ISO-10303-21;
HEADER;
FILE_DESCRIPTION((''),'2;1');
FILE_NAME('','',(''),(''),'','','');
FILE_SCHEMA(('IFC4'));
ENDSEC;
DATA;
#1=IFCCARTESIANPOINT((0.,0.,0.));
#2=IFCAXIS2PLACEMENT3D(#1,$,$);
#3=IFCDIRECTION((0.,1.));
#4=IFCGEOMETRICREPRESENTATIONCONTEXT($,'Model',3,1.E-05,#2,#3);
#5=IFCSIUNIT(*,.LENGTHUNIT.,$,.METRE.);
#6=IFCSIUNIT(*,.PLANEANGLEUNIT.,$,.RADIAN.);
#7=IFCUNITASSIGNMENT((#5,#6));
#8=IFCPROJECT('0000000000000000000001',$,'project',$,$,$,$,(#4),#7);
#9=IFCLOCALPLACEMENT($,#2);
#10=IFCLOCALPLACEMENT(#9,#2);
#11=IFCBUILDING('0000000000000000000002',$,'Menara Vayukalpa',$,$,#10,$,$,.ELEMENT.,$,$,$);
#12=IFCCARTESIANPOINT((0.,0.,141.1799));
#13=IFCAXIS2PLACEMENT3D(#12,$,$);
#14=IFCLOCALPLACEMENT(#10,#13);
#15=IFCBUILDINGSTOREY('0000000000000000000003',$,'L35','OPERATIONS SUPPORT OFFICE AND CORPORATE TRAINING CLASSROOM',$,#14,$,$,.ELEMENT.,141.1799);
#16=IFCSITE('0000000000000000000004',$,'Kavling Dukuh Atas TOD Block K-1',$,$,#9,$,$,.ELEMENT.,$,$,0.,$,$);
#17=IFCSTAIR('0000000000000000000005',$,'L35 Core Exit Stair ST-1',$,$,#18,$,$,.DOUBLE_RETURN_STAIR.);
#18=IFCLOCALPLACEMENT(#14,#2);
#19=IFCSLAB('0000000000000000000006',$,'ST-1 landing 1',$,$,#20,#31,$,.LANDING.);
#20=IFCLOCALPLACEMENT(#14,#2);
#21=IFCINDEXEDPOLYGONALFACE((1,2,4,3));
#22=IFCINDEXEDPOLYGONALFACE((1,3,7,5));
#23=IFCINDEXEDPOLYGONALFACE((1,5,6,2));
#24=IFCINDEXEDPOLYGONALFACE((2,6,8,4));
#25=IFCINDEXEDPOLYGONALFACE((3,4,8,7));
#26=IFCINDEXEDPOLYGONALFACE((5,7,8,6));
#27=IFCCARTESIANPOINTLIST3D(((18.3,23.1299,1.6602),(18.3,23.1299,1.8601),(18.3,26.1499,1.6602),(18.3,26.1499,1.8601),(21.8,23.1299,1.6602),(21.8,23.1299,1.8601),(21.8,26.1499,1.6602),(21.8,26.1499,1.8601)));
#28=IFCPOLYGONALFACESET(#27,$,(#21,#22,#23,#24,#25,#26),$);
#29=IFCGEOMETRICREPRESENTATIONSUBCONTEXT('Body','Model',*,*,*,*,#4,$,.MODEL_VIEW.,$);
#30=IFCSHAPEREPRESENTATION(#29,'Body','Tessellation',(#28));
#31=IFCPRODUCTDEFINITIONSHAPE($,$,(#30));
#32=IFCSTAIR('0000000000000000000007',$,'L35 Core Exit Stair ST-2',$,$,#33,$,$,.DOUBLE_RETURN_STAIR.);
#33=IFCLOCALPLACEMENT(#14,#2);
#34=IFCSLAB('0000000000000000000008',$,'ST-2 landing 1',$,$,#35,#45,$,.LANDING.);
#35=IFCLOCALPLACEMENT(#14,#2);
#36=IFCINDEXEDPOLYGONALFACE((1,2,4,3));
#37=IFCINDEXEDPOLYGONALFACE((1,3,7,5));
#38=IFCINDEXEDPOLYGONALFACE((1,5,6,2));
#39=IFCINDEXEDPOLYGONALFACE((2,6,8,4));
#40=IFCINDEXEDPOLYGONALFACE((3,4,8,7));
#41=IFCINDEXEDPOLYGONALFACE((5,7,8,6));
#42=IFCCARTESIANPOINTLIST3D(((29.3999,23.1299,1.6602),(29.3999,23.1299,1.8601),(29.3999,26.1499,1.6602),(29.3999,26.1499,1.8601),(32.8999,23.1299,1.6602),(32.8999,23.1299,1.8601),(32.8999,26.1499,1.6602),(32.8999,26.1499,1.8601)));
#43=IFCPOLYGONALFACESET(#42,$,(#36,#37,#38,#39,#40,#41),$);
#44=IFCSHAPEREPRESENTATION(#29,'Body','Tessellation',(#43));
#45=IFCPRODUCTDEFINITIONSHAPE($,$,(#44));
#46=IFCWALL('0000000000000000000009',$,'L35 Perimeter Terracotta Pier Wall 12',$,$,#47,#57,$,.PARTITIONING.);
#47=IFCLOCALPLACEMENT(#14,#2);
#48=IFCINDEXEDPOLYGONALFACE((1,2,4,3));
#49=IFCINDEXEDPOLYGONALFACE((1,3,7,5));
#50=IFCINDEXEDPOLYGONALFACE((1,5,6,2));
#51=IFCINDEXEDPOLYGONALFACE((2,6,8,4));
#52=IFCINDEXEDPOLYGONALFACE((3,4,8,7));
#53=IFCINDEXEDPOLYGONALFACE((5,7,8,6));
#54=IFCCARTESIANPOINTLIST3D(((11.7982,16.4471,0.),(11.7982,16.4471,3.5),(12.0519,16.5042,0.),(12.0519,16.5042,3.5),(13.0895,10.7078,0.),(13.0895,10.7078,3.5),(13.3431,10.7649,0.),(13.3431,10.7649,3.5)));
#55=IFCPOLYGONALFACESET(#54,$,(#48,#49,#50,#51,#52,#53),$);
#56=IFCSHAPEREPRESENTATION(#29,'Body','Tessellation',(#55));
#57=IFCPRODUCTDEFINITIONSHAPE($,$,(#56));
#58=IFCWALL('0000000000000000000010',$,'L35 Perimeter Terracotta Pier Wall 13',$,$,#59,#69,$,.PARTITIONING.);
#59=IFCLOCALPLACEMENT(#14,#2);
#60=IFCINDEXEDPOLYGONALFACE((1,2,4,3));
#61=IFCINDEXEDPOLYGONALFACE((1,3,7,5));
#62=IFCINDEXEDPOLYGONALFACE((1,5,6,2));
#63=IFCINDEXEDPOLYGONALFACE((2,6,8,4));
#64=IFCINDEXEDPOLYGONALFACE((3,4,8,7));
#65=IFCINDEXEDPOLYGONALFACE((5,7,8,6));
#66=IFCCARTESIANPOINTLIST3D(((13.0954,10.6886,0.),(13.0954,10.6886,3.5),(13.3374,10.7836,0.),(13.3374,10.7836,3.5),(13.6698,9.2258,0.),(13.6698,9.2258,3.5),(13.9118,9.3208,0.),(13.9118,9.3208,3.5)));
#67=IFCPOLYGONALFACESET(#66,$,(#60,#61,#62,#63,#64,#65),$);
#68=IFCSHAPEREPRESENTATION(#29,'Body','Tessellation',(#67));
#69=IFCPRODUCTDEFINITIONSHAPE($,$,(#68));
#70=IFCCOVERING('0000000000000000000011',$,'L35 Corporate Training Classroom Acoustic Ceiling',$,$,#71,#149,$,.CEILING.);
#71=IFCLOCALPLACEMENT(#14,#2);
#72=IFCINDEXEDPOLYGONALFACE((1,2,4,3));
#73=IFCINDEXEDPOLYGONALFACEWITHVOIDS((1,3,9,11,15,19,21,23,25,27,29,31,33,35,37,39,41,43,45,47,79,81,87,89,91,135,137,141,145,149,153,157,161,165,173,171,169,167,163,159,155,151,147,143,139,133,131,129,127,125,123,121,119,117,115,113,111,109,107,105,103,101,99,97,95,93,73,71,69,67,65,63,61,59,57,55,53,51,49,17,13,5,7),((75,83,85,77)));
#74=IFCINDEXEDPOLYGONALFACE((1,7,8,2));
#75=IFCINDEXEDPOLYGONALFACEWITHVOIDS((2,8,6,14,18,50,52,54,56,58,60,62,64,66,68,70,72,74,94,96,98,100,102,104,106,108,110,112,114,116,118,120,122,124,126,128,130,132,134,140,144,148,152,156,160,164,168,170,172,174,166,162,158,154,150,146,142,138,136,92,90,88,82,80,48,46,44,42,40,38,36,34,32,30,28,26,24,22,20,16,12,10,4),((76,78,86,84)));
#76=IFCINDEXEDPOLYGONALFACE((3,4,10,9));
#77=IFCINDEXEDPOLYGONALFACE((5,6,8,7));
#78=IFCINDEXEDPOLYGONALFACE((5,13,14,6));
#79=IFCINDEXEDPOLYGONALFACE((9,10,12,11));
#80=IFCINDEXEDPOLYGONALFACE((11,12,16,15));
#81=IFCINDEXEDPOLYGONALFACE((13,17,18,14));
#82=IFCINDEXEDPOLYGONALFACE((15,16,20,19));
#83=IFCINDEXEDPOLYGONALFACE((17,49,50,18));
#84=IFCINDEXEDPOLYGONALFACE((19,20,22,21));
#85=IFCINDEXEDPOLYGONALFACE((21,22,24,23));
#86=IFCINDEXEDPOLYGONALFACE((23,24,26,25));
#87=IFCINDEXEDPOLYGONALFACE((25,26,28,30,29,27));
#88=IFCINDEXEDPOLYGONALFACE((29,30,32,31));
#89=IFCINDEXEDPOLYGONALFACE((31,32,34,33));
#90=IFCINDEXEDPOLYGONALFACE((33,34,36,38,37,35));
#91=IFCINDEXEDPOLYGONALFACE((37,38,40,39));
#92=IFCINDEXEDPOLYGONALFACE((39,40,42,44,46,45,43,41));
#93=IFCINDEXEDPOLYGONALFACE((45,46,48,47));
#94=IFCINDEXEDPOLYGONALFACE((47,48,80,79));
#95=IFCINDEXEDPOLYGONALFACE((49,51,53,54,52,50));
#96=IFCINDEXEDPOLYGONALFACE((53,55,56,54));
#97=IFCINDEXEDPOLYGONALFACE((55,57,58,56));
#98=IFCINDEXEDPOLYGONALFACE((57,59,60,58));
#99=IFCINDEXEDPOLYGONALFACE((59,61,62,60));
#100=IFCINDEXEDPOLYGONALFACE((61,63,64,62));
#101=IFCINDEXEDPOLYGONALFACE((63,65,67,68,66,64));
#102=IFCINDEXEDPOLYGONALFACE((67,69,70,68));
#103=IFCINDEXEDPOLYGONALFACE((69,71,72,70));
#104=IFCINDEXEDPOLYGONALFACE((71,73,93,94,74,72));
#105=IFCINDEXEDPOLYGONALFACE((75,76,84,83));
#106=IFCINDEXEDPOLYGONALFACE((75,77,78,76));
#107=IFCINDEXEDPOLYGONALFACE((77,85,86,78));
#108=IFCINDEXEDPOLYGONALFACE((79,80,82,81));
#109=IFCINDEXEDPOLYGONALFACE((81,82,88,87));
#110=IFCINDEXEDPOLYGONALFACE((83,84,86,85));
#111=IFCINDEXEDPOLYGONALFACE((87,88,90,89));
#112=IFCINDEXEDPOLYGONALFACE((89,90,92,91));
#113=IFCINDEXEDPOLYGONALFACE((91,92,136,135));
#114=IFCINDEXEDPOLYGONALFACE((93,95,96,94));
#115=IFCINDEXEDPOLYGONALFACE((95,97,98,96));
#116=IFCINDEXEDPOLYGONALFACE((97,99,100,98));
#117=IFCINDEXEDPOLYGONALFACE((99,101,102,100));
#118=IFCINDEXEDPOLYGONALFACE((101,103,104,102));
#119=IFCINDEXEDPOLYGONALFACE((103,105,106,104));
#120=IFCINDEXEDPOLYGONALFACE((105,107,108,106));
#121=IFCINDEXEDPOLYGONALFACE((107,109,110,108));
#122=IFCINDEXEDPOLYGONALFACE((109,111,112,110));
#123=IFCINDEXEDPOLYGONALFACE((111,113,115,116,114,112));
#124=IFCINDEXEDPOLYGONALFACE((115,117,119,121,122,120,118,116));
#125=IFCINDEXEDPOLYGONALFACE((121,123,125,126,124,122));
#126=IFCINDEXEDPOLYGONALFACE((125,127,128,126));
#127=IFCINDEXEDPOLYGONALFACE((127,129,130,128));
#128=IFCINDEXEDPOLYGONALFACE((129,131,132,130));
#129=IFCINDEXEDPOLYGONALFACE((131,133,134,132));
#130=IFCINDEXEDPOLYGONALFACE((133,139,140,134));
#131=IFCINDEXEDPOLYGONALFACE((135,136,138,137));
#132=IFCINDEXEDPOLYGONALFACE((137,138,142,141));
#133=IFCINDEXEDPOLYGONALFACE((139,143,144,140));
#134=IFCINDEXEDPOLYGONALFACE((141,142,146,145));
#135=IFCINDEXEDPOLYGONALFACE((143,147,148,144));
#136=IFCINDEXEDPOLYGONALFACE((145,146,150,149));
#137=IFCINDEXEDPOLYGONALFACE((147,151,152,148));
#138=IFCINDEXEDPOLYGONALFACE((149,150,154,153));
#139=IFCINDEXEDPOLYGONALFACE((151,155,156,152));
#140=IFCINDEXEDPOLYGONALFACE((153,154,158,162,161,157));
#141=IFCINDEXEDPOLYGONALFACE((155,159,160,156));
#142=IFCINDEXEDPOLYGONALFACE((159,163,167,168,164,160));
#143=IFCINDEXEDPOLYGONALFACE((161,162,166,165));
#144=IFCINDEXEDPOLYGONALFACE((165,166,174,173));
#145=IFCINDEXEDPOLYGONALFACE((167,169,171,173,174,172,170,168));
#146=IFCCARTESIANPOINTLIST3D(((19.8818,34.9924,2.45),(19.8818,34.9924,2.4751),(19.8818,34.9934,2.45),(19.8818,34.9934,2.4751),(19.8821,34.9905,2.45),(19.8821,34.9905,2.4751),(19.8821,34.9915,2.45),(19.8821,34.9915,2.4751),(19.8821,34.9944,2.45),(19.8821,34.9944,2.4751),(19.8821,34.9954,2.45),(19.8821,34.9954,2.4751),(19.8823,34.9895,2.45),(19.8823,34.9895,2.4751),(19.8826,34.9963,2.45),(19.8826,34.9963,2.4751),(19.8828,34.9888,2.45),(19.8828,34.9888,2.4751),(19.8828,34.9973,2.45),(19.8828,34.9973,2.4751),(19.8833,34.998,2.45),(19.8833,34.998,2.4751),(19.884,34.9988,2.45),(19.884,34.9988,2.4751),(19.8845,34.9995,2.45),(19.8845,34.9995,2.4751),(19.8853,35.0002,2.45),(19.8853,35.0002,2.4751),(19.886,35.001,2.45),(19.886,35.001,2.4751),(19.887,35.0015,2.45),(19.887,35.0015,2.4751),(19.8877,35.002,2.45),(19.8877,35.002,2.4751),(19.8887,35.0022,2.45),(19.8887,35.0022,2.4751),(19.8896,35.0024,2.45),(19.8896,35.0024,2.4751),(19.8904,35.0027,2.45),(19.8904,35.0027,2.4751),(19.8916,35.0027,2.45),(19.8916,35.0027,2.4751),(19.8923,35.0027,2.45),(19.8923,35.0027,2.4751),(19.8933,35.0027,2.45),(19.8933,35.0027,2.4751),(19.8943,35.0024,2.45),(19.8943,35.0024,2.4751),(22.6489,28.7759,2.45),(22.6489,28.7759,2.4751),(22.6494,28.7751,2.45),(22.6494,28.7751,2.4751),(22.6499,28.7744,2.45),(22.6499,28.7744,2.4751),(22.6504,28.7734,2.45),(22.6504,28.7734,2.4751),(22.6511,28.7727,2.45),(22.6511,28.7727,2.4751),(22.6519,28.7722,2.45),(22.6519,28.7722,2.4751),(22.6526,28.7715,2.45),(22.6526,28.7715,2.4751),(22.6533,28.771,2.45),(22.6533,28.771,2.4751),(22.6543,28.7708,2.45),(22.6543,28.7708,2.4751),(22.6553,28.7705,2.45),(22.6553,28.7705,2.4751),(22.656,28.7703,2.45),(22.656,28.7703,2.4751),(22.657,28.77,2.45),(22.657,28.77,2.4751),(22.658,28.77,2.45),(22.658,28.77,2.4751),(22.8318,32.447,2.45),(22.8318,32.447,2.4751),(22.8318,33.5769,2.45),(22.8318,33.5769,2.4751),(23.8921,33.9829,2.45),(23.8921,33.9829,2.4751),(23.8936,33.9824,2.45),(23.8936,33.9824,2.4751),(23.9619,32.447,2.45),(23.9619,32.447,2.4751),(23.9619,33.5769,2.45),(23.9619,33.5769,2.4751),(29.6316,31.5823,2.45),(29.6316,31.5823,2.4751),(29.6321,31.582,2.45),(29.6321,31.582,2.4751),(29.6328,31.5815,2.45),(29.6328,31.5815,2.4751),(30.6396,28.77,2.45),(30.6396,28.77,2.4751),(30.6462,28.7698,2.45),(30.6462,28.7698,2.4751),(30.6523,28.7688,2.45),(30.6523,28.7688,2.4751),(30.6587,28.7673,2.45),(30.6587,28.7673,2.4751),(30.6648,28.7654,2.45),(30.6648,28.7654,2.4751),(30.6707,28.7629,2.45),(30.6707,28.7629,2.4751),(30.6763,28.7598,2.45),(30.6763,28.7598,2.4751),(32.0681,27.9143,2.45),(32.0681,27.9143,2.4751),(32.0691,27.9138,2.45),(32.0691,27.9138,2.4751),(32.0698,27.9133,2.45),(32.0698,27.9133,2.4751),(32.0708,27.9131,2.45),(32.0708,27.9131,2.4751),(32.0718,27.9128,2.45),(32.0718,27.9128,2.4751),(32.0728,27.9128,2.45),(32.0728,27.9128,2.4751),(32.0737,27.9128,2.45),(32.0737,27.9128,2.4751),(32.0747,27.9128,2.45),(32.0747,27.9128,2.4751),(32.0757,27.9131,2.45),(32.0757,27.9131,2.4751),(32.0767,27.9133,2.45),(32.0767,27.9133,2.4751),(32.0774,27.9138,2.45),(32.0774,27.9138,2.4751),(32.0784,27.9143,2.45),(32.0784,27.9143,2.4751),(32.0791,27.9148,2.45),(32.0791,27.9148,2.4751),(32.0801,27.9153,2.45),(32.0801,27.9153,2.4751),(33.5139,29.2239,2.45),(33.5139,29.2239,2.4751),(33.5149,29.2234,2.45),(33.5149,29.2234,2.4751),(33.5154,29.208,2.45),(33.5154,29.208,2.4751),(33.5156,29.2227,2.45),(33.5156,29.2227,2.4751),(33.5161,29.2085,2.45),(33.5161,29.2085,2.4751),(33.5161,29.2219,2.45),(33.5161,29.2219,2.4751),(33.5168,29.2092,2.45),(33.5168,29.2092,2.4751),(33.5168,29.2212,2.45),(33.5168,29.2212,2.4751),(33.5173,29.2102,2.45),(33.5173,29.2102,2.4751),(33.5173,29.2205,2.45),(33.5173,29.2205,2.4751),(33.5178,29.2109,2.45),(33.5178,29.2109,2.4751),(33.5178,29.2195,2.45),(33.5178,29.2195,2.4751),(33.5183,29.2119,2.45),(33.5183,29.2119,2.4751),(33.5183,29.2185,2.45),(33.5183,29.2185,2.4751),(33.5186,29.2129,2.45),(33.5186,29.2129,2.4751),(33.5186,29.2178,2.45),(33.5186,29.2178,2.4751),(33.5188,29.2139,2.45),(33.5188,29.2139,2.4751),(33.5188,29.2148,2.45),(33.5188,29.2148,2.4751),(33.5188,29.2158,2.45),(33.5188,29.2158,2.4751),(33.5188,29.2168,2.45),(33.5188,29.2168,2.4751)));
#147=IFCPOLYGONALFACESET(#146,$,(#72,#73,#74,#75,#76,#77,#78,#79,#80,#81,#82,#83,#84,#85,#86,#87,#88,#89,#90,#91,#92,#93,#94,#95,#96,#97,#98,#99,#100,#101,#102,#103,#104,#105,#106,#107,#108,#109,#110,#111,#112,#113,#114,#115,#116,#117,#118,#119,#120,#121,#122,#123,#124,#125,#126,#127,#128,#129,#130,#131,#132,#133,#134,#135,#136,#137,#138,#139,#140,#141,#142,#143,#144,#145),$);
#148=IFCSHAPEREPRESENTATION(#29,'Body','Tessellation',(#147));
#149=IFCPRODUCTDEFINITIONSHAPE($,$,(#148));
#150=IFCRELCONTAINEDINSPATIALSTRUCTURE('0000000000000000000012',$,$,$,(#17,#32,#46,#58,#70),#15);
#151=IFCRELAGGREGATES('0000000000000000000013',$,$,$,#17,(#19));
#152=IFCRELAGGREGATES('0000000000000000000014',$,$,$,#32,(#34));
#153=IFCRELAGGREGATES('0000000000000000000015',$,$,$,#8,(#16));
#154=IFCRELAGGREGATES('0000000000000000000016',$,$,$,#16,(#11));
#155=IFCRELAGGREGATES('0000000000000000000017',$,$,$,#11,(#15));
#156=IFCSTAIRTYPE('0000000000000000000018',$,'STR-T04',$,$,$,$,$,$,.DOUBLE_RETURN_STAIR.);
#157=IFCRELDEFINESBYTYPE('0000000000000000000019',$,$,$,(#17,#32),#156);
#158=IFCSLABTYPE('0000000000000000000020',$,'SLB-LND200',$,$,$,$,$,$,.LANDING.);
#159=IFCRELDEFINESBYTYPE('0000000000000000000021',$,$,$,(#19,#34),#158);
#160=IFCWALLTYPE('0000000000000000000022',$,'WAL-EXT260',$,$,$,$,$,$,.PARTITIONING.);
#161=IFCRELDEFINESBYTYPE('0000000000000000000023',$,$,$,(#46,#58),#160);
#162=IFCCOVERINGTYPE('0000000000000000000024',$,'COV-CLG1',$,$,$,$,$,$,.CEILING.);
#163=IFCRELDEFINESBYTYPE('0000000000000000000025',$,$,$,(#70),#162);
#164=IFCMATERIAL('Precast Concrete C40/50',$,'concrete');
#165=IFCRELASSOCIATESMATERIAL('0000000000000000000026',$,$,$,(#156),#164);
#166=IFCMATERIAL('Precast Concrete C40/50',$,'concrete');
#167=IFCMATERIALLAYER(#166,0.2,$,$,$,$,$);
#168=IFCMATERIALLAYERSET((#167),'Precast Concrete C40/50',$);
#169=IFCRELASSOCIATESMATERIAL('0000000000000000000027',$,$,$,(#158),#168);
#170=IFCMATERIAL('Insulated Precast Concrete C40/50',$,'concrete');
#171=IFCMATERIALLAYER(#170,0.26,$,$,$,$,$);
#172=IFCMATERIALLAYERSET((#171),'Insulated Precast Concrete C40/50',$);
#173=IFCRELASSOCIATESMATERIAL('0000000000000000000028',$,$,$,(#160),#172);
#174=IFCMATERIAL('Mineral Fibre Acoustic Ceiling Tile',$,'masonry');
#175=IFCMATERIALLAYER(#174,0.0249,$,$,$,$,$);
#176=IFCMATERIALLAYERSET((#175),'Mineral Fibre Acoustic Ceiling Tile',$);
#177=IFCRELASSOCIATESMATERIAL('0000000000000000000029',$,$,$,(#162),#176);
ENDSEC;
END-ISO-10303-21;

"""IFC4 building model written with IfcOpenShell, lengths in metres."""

from ifc_helpers import new_model, si_unit, direction, frame, frame_2d, origin, place, context, subcontext, project, spatial, polyline, rectangle, outline, extrude, material, layer, layer_set, type_object, element, aggregate, save


model = new_model("IFC4")

# Units and contexts
model_context = context("Model", 3, precision=1e-05, world=origin(), true_north=direction((0.0, 1.0)))
body_context = subcontext(model_context, "Body", "Model", "MODEL_VIEW")
ifc_project = project(units=[si_unit("LENGTHUNIT", "METRE"), si_unit("PLANEANGLEUNIT", "RADIAN")], contexts=[model_context])

# Site, building, storey
site_placement = place(None, origin())
site = spatial("IfcSite", under=ifc_project, at=site_placement, Name="Kavling Dukuh Atas TOD Block K-1", CompositionType="ELEMENT", RefElevation=0.0)
building_placement = place(site_placement, origin())
building = spatial("IfcBuilding", under=site, at=building_placement, Name="Menara Vayukalpa", CompositionType="ELEMENT")
storey_placement = place(building_placement, frame((0.0, 0.0, 141.1799)))
storey = spatial("IfcBuildingStorey", under=building, at=storey_placement, Name="L35", Description="OPERATIONS SUPPORT OFFICE AND CORPORATE TRAINING CLASSROOM", CompositionType="ELEMENT", Elevation=141.1799)

# Stairs, slabs
ifc_material_1 = material(Name="Precast Concrete C40/50", Category="concrete")
stair_type = type_object("IfcStairType", Name="STR-T04", PredefinedType="DOUBLE_RETURN_STAIR", material=ifc_material_1)
stair_1_placement = place(storey_placement, origin())
stair_1 = element("IfcStair", 1, at=stair_1_placement, inside=storey, type_object=stair_type, Name="L35 Core Exit Stair ST-1", PredefinedType="DOUBLE_RETURN_STAIR")
ifc_material_2 = material(Name="Precast Concrete C40/50", Category="concrete")
ifc_layer_1 = layer(ifc_material_2, 0.2)
ifc_layer_set_1 = layer_set([ifc_layer_1], Name="Precast Concrete C40/50")
slab_type_1 = type_object("IfcSlabType", Name="SLB-LND200", PredefinedType="LANDING", material=ifc_layer_set_1)
slab_1_placement = place(storey_placement, frame((0.0, 0.0, 1.6602)))
slab_1 = element("IfcSlab", 2, at=slab_1_placement, type_object=slab_type_1, Name="ST-1 landing 1", PredefinedType="LANDING", context=body_context, shape_type="SweptSolid", body=[
    extrude(outline(polyline([(21.8, 23.1299), (21.8, 26.1499), (18.3, 26.1499), (18.3, 23.1299), (21.8, 23.1299)])), origin(), (0.0, 0.0, 1.0), 0.2),
])
aggregate(stair_1, [slab_1])
stair_2_placement = place(storey_placement, origin())
stair_2 = element("IfcStair", 3, at=stair_2_placement, inside=storey, type_object=stair_type, Name="L35 Core Exit Stair ST-2", PredefinedType="DOUBLE_RETURN_STAIR")
slab_2_placement = place(storey_placement, frame((0.0, 0.0, 1.6602)))
slab_2 = element("IfcSlab", 4, at=slab_2_placement, type_object=slab_type_1, Name="ST-2 landing 1", PredefinedType="LANDING", context=body_context, shape_type="SweptSolid", body=[
    extrude(outline(polyline([(32.8999, 23.1299), (32.8999, 26.1499), (29.3999, 26.1499), (29.3999, 23.1299), (32.8999, 23.1299)])), origin(), (0.0, 0.0, 1.0), 0.2),
])
aggregate(stair_2, [slab_2])

# Walls
ifc_material_3 = material(Name="Insulated Precast Concrete C40/50", Category="concrete")
ifc_layer_2 = layer(ifc_material_3, 0.26)
ifc_layer_set_2 = layer_set([ifc_layer_2], Name="Insulated Precast Concrete C40/50")
wall_type = type_object("IfcWallType", Name="WAL-EXT260", PredefinedType="PARTITIONING", material=ifc_layer_set_2)
wall_1_placement = place(storey_placement, frame((13.2163, 10.7363, 0.0), z_axis=(0.0, 0.0, 1.0), x_axis=(-0.2195, 0.975612, 0.0)))
element("IfcWall", 5, at=wall_1_placement, inside=storey, type_object=wall_type, Name="L35 Perimeter Terracotta Pier Wall 12", PredefinedType="PARTITIONING", context=body_context, shape_type="SweptSolid", body=[
    extrude(rectangle(XDim=5.8828, YDim=0.26, at=frame_2d((2.9414, 0.0))), origin(), (0.0, 0.0, 1.0), 3.5),
])
wall_2_placement = place(storey_placement, frame((13.7908, 9.2734, 0.0), z_axis=(0.0, 0.0, 1.0), x_axis=(-0.365518, 0.930804, 0.0)))
element("IfcWall", 6, at=wall_2_placement, inside=storey, type_object=wall_type, Name="L35 Perimeter Terracotta Pier Wall 13", PredefinedType="PARTITIONING", context=body_context, shape_type="SweptSolid", body=[
    extrude(rectangle(XDim=1.5715, YDim=0.26, at=frame_2d((0.7856, 0.0))), origin(), (0.0, 0.0, 1.0), 3.5),
])

# Covering
ifc_material_4 = material(Name="Mineral Fibre Acoustic Ceiling Tile", Category="masonry")
ifc_layer_3 = layer(ifc_material_4, 0.0249)
ifc_layer_set_3 = layer_set([ifc_layer_3], Name="Mineral Fibre Acoustic Ceiling Tile")
covering_type_1 = type_object("IfcCoveringType", Name="COV-CLG1", PredefinedType="CEILING", material=ifc_layer_set_3)
covering_1_placement = place(storey_placement, frame((0.0, 0.0, 2.45)))
element("IfcCovering", 7, at=covering_1_placement, inside=storey, type_object=covering_type_1, Name="L35 Corporate Training Classroom Acoustic Ceiling", PredefinedType="CEILING", context=body_context, shape_type="SweptSolid", body=[
    extrude(outline(polyline([(29.6316, 31.5823), (29.6321, 31.582), (29.6328, 31.5815), (33.5139, 29.2239), (33.5149, 29.2234), (33.5156, 29.2227), (33.5161, 29.2219), (33.5168, 29.2212), (33.5173, 29.2205), (33.5178, 29.2195), (33.5183, 29.2185), (33.5186, 29.2178), (33.5188, 29.2168), (33.5188, 29.2158), (33.5188, 29.2148), (33.5188, 29.2139), (33.5186, 29.2129), (33.5183, 29.2119), (33.5178, 29.2109), (33.5173, 29.2102), (33.5168, 29.2092), (33.5161, 29.2085), (33.5154, 29.208), (32.0801, 27.9153), (32.0791, 27.9148), (32.0784, 27.9143), (32.0774, 27.9138), (32.0767, 27.9133), (32.0757, 27.9131), (32.0747, 27.9128), (32.0737, 27.9128), (32.0728, 27.9128), (32.0718, 27.9128), (32.0708, 27.9131), (32.0698, 27.9133), (32.0691, 27.9138), (32.0681, 27.9143), (30.6763, 28.7598), (30.6707, 28.7629), (30.6648, 28.7654), (30.6587, 28.7673), (30.6523, 28.7688), (30.6462, 28.7698), (30.6396, 28.77), (22.658, 28.77), (22.657, 28.77), (22.656, 28.7703), (22.6553, 28.7705), (22.6543, 28.7708), (22.6533, 28.771), (22.6526, 28.7715), (22.6519, 28.7722), (22.6511, 28.7727), (22.6504, 28.7734), (22.6499, 28.7744), (22.6494, 28.7751), (22.6489, 28.7759), (19.8828, 34.9888), (19.8823, 34.9895), (19.8821, 34.9905), (19.8821, 34.9915), (19.8818, 34.9924), (19.8818, 34.9934), (19.8821, 34.9944), (19.8821, 34.9954), (19.8826, 34.9963), (19.8828, 34.9973), (19.8833, 34.998), (19.884, 34.9988), (19.8845, 34.9995), (19.8853, 35.0002), (19.886, 35.001), (19.887, 35.0015), (19.8877, 35.002), (19.8887, 35.0022), (19.8896, 35.0024), (19.8904, 35.0027), (19.8916, 35.0027), (19.8923, 35.0027), (19.8933, 35.0027), (19.8943, 35.0024), (23.8921, 33.9829), (23.8936, 33.9824), (29.6316, 31.5823)]), holes=[polyline([(23.9619, 33.5769), (22.8318, 33.5769), (22.8318, 32.447), (23.9619, 32.447), (23.9619, 33.5769)])]), origin(), (0.0, 0.0, 1.0), 0.0251),
])

save(model, "model.ifc")
